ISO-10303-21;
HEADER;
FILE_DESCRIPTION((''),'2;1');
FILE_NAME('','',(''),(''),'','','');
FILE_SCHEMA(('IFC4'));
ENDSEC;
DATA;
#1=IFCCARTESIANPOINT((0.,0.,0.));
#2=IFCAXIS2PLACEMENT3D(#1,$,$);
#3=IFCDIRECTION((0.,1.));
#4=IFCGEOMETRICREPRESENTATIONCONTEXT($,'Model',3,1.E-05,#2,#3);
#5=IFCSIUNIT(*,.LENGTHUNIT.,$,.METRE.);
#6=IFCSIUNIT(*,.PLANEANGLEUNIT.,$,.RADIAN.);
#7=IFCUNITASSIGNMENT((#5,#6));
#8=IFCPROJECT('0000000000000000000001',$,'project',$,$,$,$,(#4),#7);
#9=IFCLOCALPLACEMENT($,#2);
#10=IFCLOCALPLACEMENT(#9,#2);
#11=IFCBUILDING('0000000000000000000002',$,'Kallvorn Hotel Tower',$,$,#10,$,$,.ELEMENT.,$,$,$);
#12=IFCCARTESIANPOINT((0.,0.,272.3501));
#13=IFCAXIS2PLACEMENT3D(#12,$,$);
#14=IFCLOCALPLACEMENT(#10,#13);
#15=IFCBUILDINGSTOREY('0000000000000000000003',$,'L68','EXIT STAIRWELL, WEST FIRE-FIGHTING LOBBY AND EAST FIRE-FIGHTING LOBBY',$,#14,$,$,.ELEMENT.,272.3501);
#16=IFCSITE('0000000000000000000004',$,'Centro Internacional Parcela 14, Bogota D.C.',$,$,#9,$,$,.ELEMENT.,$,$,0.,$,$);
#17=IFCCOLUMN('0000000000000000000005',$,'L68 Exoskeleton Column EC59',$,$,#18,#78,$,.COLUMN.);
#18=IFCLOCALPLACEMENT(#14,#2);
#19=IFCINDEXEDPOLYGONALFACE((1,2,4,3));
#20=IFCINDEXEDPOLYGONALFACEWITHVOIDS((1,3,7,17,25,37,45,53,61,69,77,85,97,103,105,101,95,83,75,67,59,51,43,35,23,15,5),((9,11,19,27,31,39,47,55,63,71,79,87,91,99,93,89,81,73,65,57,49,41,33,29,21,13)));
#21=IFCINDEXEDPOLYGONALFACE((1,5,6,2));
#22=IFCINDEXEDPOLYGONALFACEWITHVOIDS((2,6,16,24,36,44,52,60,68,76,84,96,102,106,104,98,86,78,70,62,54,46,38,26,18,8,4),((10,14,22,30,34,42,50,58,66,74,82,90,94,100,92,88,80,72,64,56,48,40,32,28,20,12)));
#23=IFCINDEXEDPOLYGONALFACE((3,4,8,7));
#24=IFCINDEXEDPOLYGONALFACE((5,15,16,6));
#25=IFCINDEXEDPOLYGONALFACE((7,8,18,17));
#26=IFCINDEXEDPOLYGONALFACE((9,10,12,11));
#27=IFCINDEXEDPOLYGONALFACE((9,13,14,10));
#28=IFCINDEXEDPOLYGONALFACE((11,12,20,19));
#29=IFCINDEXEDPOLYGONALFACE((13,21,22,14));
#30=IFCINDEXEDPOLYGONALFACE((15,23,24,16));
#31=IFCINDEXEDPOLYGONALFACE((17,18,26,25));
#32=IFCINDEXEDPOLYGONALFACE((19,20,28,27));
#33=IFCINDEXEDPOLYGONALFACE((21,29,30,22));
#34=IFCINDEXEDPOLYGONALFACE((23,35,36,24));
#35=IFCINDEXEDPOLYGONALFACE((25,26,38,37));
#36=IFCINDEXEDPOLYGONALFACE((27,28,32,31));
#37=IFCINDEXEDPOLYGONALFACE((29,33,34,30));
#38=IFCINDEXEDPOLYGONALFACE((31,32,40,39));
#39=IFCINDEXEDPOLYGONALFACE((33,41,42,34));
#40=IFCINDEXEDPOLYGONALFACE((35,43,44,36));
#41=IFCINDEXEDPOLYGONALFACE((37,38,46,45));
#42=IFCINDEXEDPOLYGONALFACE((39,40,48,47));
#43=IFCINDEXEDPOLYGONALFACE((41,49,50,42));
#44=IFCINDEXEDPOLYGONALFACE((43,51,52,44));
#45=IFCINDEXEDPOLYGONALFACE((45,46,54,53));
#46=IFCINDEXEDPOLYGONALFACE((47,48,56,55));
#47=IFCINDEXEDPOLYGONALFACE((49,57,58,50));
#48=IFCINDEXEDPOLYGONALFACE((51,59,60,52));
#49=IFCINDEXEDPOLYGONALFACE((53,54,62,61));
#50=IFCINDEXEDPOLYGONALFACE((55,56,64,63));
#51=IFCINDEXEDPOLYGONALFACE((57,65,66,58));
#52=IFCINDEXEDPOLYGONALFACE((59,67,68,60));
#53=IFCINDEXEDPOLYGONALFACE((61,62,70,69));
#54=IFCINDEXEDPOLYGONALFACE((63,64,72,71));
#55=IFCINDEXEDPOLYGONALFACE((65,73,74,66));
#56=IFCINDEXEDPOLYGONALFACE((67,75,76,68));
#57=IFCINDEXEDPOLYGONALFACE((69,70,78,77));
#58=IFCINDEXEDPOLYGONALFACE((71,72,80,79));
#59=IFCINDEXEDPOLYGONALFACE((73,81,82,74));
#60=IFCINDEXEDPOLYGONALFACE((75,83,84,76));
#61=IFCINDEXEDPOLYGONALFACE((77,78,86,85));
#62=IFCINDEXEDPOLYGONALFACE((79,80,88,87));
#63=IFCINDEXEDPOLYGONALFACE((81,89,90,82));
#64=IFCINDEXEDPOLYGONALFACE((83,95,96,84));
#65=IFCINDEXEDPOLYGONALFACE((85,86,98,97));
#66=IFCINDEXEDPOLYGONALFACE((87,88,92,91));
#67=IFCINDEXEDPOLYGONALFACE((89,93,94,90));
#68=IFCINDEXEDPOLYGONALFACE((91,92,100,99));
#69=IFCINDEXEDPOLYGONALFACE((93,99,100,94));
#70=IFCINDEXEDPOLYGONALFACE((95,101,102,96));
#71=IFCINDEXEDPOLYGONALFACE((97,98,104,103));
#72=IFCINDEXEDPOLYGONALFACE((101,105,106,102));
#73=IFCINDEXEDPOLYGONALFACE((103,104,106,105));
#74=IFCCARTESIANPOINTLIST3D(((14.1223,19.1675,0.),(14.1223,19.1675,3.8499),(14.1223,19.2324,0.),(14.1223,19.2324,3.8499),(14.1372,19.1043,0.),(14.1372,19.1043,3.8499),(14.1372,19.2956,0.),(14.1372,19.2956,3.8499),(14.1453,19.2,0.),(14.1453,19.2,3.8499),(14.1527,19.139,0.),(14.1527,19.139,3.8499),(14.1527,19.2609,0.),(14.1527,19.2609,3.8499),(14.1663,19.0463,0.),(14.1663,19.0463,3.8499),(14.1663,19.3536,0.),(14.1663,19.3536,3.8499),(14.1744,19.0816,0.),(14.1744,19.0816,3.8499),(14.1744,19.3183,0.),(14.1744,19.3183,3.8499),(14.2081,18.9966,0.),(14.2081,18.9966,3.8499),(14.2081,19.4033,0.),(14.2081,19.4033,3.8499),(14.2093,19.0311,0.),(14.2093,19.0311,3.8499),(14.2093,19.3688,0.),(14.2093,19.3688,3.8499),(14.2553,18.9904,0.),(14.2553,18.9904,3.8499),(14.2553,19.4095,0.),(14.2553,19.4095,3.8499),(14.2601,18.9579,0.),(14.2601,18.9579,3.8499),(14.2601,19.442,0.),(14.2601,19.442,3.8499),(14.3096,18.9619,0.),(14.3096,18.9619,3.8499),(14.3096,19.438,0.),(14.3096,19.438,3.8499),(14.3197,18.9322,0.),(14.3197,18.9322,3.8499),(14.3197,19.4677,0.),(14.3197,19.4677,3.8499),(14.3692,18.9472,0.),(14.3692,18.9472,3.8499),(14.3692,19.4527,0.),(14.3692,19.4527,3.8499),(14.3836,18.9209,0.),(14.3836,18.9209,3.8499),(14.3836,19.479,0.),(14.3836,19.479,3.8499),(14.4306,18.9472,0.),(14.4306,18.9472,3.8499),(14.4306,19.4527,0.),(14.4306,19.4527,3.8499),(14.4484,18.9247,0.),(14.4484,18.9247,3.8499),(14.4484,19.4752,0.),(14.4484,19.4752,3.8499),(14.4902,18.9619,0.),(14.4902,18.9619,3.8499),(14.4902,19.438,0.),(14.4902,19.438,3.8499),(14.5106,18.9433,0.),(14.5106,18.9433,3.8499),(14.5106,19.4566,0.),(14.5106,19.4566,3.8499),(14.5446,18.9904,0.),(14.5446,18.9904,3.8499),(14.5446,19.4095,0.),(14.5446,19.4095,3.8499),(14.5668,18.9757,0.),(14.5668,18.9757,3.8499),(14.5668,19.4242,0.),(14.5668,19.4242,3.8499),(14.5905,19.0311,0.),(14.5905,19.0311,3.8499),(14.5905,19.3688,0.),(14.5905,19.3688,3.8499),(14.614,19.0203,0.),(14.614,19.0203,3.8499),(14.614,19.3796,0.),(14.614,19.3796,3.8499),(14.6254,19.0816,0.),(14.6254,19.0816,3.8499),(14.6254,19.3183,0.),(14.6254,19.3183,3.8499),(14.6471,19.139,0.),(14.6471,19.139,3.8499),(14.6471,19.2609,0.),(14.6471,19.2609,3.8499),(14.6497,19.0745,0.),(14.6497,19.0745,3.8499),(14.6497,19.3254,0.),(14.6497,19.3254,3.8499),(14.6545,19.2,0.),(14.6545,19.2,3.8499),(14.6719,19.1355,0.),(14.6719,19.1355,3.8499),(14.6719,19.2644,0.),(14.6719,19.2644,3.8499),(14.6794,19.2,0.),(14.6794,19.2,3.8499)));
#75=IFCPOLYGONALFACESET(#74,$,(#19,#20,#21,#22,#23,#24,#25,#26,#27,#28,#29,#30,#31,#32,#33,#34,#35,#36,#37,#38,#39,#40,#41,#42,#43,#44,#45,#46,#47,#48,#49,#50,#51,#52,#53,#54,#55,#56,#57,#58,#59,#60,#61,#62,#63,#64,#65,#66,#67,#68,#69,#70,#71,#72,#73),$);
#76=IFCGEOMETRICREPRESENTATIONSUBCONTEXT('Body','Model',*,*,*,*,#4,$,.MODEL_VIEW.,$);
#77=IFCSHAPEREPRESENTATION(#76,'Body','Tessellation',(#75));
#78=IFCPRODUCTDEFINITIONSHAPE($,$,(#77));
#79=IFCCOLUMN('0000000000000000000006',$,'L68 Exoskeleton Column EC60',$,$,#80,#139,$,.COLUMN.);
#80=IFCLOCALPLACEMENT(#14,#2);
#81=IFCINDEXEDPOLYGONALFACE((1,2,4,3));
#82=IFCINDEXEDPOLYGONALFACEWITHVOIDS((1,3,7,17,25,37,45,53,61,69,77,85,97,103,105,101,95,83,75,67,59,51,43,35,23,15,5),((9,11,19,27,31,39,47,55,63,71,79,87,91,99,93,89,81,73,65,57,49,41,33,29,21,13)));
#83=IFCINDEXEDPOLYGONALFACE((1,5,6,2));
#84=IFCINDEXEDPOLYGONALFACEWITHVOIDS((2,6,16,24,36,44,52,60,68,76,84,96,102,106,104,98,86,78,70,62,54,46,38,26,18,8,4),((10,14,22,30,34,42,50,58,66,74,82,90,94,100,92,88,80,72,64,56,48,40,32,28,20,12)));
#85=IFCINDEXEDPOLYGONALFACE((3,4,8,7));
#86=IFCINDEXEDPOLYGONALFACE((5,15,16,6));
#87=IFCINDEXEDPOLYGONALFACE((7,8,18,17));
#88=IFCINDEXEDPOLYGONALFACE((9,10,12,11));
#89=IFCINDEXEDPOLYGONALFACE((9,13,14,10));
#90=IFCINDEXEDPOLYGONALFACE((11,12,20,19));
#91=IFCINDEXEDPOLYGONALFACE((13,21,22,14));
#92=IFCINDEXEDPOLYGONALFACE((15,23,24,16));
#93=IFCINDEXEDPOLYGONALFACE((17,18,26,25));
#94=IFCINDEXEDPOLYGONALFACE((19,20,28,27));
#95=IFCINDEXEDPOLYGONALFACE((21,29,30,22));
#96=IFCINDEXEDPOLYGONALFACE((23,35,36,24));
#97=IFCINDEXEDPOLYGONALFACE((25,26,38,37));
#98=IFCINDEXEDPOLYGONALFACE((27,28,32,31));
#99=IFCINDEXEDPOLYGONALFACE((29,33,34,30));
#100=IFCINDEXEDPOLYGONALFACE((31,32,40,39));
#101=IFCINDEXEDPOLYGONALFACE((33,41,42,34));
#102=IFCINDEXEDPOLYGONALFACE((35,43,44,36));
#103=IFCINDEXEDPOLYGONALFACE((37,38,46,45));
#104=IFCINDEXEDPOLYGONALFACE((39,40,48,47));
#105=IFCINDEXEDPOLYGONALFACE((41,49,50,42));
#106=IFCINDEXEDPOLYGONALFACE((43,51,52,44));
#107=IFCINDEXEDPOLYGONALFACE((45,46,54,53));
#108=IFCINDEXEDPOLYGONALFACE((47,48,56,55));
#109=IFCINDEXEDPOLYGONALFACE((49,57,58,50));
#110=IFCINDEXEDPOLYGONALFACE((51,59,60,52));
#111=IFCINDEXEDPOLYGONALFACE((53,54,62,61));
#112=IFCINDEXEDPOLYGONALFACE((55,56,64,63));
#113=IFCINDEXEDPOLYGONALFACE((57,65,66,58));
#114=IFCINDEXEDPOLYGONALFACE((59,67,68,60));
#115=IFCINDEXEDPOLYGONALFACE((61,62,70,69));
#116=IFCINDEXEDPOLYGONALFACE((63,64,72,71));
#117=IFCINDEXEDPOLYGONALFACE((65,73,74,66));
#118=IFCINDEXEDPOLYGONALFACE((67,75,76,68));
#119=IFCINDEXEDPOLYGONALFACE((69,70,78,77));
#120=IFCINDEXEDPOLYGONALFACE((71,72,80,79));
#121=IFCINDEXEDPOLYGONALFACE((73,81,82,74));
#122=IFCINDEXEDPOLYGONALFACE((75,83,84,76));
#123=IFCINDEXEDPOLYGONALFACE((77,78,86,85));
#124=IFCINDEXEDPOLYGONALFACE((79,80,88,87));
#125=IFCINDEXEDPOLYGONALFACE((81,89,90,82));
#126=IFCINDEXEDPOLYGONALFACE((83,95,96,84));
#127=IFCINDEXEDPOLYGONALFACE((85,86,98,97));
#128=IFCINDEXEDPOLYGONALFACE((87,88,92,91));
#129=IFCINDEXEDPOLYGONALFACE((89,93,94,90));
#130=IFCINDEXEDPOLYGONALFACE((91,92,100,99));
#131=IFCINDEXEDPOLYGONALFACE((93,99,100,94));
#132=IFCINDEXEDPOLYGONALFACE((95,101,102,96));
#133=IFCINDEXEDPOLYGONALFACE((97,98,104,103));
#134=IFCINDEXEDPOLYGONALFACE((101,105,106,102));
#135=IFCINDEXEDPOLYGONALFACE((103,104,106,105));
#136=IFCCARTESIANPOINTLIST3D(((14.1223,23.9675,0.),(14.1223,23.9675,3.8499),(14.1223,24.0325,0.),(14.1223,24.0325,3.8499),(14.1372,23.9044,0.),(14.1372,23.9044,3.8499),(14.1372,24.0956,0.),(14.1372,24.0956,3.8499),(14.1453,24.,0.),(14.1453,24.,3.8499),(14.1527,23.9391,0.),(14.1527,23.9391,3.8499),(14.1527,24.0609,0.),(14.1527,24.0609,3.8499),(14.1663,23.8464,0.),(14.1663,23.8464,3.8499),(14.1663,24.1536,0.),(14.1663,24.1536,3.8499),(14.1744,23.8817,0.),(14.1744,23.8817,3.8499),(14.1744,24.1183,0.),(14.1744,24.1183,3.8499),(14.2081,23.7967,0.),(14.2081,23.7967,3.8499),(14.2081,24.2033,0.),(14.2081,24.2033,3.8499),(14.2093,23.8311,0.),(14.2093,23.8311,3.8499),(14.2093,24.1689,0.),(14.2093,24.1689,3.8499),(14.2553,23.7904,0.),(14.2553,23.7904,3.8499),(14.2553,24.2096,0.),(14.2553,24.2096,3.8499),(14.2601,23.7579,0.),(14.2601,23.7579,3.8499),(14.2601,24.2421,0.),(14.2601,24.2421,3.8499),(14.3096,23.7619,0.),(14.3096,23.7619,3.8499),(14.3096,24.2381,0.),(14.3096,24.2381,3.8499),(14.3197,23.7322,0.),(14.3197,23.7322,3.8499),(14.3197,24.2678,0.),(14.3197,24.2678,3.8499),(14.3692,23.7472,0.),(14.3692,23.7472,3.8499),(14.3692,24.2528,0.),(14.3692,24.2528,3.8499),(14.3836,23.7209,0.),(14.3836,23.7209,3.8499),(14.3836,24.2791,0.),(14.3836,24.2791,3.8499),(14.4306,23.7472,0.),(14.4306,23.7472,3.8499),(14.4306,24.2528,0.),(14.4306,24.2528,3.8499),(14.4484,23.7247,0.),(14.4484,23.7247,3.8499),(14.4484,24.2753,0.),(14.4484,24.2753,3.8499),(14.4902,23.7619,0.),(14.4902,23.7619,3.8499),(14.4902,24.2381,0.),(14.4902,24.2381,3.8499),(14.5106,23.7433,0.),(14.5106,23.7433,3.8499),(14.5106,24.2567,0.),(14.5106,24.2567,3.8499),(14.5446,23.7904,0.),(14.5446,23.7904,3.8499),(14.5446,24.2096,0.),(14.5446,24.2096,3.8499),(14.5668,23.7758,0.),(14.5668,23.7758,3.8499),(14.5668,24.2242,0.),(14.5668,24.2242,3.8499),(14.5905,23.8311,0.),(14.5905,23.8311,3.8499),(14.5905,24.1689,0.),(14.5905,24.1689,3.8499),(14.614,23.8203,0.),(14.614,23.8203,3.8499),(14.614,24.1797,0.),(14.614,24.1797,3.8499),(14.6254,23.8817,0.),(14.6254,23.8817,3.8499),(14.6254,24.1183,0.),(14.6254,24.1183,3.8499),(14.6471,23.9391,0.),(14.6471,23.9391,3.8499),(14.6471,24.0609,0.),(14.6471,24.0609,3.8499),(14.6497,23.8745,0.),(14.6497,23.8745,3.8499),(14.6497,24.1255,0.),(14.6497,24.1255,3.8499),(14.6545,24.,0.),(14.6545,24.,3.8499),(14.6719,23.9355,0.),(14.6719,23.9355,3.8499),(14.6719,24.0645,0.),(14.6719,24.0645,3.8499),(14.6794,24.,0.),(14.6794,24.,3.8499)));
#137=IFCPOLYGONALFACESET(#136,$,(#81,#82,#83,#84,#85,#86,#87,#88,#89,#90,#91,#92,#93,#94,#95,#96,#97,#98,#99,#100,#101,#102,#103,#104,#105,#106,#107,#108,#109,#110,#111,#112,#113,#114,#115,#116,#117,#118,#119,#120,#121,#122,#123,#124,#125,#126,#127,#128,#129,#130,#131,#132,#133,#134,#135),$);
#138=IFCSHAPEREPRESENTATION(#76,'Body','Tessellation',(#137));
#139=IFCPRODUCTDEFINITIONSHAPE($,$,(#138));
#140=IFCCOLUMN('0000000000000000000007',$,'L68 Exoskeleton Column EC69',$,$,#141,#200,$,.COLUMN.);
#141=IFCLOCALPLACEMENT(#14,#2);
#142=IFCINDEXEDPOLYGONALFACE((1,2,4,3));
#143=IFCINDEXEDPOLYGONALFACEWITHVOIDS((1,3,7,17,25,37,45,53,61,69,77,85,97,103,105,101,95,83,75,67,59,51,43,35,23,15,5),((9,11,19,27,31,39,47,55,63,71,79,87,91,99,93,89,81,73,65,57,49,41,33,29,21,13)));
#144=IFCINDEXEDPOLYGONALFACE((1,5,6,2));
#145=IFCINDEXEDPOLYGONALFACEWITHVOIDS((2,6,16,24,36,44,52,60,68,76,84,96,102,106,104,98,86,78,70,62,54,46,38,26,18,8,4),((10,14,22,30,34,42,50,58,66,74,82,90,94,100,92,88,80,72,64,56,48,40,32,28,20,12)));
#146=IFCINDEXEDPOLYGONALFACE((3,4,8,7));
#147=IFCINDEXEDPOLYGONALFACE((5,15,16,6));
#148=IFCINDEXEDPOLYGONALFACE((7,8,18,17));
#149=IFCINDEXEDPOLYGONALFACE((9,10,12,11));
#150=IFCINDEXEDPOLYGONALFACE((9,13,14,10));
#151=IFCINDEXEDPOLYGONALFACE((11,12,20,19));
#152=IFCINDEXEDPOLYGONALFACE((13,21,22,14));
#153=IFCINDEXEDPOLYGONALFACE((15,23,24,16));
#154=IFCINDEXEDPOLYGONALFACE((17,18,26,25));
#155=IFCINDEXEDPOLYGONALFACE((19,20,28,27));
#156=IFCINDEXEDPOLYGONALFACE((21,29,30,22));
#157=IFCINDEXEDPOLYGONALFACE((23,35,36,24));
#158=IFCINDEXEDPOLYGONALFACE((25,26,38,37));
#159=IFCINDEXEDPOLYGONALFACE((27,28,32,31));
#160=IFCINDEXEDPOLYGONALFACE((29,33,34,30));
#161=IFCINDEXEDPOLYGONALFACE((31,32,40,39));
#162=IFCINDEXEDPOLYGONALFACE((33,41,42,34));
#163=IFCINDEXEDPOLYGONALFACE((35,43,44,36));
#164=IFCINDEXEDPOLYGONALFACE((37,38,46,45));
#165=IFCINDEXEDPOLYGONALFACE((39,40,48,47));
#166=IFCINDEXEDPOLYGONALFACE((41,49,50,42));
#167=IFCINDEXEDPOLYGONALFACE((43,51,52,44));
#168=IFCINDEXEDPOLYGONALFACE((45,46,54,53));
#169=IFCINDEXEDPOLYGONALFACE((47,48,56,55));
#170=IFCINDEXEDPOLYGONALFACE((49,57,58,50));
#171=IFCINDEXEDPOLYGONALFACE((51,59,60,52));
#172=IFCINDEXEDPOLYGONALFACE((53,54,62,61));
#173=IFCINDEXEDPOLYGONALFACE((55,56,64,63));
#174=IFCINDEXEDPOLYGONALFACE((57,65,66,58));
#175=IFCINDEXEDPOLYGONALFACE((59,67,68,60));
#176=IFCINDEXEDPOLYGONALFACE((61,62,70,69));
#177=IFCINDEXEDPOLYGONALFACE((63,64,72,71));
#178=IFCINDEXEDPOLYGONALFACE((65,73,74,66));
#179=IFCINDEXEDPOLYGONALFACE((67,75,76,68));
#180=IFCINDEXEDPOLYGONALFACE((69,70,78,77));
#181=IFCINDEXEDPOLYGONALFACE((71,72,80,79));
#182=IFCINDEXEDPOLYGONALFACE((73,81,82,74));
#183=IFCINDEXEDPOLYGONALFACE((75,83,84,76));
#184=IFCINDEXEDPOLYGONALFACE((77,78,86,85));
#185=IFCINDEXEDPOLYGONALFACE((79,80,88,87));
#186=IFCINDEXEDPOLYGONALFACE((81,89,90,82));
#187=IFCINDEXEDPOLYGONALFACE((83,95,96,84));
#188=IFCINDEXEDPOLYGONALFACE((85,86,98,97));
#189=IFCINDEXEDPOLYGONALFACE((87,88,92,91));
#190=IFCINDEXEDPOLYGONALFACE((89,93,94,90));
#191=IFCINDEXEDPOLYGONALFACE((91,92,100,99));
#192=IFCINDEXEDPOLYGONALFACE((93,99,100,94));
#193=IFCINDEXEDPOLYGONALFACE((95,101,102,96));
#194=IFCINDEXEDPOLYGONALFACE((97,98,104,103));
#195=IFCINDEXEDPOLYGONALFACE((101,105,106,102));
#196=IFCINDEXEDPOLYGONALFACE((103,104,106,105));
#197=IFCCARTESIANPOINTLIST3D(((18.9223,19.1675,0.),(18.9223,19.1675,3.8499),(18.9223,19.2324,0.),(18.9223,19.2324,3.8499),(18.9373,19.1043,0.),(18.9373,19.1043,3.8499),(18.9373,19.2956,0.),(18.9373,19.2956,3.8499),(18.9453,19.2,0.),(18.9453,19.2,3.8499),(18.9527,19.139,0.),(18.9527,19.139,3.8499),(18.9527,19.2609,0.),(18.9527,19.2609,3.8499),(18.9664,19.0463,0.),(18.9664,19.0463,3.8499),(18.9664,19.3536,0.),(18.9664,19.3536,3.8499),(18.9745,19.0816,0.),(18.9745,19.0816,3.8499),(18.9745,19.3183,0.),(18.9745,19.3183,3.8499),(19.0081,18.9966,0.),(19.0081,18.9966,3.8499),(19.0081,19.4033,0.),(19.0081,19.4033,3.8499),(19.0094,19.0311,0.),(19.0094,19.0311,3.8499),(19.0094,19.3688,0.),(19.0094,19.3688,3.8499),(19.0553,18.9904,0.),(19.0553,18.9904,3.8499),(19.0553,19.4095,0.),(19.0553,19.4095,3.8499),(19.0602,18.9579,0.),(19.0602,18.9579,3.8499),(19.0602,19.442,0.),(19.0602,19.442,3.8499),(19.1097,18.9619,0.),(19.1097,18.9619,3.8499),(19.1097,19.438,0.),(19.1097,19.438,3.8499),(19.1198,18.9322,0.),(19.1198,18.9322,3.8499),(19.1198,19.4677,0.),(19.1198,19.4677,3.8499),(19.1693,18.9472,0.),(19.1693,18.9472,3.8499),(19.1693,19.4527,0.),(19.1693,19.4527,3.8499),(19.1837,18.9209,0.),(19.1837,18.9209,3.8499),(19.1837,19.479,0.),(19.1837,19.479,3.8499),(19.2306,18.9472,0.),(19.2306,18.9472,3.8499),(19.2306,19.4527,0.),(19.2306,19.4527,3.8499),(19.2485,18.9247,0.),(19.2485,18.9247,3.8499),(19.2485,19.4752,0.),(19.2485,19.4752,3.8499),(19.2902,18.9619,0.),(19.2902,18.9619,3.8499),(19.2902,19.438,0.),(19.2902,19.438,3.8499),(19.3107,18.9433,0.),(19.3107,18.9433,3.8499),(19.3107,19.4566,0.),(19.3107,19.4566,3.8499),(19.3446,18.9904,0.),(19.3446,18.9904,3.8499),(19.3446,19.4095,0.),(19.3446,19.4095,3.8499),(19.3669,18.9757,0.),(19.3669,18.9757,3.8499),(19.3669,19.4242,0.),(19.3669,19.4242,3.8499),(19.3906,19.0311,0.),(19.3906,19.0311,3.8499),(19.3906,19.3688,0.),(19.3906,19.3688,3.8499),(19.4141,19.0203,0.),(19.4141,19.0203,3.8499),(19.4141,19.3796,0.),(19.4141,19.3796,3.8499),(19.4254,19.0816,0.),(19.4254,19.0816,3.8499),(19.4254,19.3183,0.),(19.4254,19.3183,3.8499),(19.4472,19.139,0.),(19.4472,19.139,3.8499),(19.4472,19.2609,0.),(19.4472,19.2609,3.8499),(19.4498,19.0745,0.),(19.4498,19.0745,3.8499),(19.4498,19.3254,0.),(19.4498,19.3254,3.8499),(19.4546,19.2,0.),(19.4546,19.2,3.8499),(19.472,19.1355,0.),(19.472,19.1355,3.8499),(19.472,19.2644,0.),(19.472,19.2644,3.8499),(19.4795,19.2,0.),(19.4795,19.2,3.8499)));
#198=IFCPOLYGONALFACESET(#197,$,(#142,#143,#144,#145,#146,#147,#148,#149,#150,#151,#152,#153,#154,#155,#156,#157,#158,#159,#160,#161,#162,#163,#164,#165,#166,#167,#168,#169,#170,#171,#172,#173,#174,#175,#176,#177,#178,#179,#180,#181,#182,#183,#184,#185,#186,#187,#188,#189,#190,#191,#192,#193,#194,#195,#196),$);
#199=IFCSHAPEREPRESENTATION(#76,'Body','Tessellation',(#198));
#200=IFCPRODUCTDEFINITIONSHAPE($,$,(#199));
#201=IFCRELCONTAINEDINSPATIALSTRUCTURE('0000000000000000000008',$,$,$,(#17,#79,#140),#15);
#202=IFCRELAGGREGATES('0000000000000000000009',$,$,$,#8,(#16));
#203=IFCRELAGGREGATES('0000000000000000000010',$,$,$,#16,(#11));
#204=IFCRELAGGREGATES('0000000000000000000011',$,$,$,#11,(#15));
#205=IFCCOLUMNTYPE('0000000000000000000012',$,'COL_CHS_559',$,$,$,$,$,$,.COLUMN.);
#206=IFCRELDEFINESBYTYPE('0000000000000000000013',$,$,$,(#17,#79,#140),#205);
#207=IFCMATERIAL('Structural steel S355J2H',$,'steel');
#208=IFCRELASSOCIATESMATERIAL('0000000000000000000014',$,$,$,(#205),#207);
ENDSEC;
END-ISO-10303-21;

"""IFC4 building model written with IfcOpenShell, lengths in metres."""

from ifc_helpers import new_model, si_unit, direction, frame, origin, origin_2d, place, context, subcontext, project, spatial, hollow_circle, extrude, material, material_profile, profile_set, type_object, element, save


model = new_model("IFC4")

# Units and contexts
model_context = context("Model", 3, precision=1e-05, world=origin(), true_north=direction((0.0, 1.0)))
body_context = subcontext(model_context, "Body", "Model", "MODEL_VIEW")
ifc_project = project(units=[si_unit("LENGTHUNIT", "METRE"), si_unit("PLANEANGLEUNIT", "RADIAN")], contexts=[model_context])

# Site, building, storey
site_placement = place(None, origin())
site = spatial("IfcSite", under=ifc_project, at=site_placement, Name="Centro Internacional Parcela 14, Bogota D.C.", CompositionType="ELEMENT", RefElevation=0.0)
building_placement = place(site_placement, origin())
building = spatial("IfcBuilding", under=site, at=building_placement, Name="Kallvorn Hotel Tower", CompositionType="ELEMENT")
storey_placement = place(building_placement, frame((0.0, 0.0, 272.3501)))
storey = spatial("IfcBuildingStorey", under=building, at=storey_placement, Name="L68", Description="EXIT STAIRWELL, WEST FIRE-FIGHTING LOBBY AND EAST FIRE-FIGHTING LOBBY", CompositionType="ELEMENT", Elevation=272.3501)

# Columns
ifc_material_1 = material(Name="Structural steel S355J2H", Category="steel")
ifc_material_profile_1 = material_profile(ifc_material_1, hollow_circle(Radius=0.2795, WallThickness=0.0249, at=origin_2d()), Name="CHS 559x25")
ifc_profile_set_1 = profile_set([ifc_material_profile_1], Name="Structural steel S355J2H")
column_type = type_object("IfcColumnType", Name="COL_CHS_559", PredefinedType="COLUMN", material=ifc_profile_set_1)
for number, where, z_axis, x_axis, name in (
    (1, (14.3999, 19.2, 0.0), (0.0, 0.0, 1.0), (1.0, 0.0, 0.0), "L68 Exoskeleton Column EC59"),
    (2, (14.3999, 24.0, 0.0), (0.0, 0.0, 1.0), (1.0, 0.0, 0.0), "L68 Exoskeleton Column EC60"),
    (3, (19.2, 19.2, 0.0), (0.0, 0.0, 1.0), (1.0, 0.0, 0.0), "L68 Exoskeleton Column EC69"),
):
    element("IfcColumn", number, at=place(storey_placement, frame(where, z_axis=z_axis, x_axis=x_axis)), inside=storey, type_object=column_type, Name=name, PredefinedType="COLUMN", context=body_context, shape_type="SweptSolid", body=[
        extrude(hollow_circle(Radius=0.2795, WallThickness=0.0249, at=origin_2d()), origin(), (0.0, 0.0, 1.0), 3.8499),
    ])

save(model, "model.ifc")
